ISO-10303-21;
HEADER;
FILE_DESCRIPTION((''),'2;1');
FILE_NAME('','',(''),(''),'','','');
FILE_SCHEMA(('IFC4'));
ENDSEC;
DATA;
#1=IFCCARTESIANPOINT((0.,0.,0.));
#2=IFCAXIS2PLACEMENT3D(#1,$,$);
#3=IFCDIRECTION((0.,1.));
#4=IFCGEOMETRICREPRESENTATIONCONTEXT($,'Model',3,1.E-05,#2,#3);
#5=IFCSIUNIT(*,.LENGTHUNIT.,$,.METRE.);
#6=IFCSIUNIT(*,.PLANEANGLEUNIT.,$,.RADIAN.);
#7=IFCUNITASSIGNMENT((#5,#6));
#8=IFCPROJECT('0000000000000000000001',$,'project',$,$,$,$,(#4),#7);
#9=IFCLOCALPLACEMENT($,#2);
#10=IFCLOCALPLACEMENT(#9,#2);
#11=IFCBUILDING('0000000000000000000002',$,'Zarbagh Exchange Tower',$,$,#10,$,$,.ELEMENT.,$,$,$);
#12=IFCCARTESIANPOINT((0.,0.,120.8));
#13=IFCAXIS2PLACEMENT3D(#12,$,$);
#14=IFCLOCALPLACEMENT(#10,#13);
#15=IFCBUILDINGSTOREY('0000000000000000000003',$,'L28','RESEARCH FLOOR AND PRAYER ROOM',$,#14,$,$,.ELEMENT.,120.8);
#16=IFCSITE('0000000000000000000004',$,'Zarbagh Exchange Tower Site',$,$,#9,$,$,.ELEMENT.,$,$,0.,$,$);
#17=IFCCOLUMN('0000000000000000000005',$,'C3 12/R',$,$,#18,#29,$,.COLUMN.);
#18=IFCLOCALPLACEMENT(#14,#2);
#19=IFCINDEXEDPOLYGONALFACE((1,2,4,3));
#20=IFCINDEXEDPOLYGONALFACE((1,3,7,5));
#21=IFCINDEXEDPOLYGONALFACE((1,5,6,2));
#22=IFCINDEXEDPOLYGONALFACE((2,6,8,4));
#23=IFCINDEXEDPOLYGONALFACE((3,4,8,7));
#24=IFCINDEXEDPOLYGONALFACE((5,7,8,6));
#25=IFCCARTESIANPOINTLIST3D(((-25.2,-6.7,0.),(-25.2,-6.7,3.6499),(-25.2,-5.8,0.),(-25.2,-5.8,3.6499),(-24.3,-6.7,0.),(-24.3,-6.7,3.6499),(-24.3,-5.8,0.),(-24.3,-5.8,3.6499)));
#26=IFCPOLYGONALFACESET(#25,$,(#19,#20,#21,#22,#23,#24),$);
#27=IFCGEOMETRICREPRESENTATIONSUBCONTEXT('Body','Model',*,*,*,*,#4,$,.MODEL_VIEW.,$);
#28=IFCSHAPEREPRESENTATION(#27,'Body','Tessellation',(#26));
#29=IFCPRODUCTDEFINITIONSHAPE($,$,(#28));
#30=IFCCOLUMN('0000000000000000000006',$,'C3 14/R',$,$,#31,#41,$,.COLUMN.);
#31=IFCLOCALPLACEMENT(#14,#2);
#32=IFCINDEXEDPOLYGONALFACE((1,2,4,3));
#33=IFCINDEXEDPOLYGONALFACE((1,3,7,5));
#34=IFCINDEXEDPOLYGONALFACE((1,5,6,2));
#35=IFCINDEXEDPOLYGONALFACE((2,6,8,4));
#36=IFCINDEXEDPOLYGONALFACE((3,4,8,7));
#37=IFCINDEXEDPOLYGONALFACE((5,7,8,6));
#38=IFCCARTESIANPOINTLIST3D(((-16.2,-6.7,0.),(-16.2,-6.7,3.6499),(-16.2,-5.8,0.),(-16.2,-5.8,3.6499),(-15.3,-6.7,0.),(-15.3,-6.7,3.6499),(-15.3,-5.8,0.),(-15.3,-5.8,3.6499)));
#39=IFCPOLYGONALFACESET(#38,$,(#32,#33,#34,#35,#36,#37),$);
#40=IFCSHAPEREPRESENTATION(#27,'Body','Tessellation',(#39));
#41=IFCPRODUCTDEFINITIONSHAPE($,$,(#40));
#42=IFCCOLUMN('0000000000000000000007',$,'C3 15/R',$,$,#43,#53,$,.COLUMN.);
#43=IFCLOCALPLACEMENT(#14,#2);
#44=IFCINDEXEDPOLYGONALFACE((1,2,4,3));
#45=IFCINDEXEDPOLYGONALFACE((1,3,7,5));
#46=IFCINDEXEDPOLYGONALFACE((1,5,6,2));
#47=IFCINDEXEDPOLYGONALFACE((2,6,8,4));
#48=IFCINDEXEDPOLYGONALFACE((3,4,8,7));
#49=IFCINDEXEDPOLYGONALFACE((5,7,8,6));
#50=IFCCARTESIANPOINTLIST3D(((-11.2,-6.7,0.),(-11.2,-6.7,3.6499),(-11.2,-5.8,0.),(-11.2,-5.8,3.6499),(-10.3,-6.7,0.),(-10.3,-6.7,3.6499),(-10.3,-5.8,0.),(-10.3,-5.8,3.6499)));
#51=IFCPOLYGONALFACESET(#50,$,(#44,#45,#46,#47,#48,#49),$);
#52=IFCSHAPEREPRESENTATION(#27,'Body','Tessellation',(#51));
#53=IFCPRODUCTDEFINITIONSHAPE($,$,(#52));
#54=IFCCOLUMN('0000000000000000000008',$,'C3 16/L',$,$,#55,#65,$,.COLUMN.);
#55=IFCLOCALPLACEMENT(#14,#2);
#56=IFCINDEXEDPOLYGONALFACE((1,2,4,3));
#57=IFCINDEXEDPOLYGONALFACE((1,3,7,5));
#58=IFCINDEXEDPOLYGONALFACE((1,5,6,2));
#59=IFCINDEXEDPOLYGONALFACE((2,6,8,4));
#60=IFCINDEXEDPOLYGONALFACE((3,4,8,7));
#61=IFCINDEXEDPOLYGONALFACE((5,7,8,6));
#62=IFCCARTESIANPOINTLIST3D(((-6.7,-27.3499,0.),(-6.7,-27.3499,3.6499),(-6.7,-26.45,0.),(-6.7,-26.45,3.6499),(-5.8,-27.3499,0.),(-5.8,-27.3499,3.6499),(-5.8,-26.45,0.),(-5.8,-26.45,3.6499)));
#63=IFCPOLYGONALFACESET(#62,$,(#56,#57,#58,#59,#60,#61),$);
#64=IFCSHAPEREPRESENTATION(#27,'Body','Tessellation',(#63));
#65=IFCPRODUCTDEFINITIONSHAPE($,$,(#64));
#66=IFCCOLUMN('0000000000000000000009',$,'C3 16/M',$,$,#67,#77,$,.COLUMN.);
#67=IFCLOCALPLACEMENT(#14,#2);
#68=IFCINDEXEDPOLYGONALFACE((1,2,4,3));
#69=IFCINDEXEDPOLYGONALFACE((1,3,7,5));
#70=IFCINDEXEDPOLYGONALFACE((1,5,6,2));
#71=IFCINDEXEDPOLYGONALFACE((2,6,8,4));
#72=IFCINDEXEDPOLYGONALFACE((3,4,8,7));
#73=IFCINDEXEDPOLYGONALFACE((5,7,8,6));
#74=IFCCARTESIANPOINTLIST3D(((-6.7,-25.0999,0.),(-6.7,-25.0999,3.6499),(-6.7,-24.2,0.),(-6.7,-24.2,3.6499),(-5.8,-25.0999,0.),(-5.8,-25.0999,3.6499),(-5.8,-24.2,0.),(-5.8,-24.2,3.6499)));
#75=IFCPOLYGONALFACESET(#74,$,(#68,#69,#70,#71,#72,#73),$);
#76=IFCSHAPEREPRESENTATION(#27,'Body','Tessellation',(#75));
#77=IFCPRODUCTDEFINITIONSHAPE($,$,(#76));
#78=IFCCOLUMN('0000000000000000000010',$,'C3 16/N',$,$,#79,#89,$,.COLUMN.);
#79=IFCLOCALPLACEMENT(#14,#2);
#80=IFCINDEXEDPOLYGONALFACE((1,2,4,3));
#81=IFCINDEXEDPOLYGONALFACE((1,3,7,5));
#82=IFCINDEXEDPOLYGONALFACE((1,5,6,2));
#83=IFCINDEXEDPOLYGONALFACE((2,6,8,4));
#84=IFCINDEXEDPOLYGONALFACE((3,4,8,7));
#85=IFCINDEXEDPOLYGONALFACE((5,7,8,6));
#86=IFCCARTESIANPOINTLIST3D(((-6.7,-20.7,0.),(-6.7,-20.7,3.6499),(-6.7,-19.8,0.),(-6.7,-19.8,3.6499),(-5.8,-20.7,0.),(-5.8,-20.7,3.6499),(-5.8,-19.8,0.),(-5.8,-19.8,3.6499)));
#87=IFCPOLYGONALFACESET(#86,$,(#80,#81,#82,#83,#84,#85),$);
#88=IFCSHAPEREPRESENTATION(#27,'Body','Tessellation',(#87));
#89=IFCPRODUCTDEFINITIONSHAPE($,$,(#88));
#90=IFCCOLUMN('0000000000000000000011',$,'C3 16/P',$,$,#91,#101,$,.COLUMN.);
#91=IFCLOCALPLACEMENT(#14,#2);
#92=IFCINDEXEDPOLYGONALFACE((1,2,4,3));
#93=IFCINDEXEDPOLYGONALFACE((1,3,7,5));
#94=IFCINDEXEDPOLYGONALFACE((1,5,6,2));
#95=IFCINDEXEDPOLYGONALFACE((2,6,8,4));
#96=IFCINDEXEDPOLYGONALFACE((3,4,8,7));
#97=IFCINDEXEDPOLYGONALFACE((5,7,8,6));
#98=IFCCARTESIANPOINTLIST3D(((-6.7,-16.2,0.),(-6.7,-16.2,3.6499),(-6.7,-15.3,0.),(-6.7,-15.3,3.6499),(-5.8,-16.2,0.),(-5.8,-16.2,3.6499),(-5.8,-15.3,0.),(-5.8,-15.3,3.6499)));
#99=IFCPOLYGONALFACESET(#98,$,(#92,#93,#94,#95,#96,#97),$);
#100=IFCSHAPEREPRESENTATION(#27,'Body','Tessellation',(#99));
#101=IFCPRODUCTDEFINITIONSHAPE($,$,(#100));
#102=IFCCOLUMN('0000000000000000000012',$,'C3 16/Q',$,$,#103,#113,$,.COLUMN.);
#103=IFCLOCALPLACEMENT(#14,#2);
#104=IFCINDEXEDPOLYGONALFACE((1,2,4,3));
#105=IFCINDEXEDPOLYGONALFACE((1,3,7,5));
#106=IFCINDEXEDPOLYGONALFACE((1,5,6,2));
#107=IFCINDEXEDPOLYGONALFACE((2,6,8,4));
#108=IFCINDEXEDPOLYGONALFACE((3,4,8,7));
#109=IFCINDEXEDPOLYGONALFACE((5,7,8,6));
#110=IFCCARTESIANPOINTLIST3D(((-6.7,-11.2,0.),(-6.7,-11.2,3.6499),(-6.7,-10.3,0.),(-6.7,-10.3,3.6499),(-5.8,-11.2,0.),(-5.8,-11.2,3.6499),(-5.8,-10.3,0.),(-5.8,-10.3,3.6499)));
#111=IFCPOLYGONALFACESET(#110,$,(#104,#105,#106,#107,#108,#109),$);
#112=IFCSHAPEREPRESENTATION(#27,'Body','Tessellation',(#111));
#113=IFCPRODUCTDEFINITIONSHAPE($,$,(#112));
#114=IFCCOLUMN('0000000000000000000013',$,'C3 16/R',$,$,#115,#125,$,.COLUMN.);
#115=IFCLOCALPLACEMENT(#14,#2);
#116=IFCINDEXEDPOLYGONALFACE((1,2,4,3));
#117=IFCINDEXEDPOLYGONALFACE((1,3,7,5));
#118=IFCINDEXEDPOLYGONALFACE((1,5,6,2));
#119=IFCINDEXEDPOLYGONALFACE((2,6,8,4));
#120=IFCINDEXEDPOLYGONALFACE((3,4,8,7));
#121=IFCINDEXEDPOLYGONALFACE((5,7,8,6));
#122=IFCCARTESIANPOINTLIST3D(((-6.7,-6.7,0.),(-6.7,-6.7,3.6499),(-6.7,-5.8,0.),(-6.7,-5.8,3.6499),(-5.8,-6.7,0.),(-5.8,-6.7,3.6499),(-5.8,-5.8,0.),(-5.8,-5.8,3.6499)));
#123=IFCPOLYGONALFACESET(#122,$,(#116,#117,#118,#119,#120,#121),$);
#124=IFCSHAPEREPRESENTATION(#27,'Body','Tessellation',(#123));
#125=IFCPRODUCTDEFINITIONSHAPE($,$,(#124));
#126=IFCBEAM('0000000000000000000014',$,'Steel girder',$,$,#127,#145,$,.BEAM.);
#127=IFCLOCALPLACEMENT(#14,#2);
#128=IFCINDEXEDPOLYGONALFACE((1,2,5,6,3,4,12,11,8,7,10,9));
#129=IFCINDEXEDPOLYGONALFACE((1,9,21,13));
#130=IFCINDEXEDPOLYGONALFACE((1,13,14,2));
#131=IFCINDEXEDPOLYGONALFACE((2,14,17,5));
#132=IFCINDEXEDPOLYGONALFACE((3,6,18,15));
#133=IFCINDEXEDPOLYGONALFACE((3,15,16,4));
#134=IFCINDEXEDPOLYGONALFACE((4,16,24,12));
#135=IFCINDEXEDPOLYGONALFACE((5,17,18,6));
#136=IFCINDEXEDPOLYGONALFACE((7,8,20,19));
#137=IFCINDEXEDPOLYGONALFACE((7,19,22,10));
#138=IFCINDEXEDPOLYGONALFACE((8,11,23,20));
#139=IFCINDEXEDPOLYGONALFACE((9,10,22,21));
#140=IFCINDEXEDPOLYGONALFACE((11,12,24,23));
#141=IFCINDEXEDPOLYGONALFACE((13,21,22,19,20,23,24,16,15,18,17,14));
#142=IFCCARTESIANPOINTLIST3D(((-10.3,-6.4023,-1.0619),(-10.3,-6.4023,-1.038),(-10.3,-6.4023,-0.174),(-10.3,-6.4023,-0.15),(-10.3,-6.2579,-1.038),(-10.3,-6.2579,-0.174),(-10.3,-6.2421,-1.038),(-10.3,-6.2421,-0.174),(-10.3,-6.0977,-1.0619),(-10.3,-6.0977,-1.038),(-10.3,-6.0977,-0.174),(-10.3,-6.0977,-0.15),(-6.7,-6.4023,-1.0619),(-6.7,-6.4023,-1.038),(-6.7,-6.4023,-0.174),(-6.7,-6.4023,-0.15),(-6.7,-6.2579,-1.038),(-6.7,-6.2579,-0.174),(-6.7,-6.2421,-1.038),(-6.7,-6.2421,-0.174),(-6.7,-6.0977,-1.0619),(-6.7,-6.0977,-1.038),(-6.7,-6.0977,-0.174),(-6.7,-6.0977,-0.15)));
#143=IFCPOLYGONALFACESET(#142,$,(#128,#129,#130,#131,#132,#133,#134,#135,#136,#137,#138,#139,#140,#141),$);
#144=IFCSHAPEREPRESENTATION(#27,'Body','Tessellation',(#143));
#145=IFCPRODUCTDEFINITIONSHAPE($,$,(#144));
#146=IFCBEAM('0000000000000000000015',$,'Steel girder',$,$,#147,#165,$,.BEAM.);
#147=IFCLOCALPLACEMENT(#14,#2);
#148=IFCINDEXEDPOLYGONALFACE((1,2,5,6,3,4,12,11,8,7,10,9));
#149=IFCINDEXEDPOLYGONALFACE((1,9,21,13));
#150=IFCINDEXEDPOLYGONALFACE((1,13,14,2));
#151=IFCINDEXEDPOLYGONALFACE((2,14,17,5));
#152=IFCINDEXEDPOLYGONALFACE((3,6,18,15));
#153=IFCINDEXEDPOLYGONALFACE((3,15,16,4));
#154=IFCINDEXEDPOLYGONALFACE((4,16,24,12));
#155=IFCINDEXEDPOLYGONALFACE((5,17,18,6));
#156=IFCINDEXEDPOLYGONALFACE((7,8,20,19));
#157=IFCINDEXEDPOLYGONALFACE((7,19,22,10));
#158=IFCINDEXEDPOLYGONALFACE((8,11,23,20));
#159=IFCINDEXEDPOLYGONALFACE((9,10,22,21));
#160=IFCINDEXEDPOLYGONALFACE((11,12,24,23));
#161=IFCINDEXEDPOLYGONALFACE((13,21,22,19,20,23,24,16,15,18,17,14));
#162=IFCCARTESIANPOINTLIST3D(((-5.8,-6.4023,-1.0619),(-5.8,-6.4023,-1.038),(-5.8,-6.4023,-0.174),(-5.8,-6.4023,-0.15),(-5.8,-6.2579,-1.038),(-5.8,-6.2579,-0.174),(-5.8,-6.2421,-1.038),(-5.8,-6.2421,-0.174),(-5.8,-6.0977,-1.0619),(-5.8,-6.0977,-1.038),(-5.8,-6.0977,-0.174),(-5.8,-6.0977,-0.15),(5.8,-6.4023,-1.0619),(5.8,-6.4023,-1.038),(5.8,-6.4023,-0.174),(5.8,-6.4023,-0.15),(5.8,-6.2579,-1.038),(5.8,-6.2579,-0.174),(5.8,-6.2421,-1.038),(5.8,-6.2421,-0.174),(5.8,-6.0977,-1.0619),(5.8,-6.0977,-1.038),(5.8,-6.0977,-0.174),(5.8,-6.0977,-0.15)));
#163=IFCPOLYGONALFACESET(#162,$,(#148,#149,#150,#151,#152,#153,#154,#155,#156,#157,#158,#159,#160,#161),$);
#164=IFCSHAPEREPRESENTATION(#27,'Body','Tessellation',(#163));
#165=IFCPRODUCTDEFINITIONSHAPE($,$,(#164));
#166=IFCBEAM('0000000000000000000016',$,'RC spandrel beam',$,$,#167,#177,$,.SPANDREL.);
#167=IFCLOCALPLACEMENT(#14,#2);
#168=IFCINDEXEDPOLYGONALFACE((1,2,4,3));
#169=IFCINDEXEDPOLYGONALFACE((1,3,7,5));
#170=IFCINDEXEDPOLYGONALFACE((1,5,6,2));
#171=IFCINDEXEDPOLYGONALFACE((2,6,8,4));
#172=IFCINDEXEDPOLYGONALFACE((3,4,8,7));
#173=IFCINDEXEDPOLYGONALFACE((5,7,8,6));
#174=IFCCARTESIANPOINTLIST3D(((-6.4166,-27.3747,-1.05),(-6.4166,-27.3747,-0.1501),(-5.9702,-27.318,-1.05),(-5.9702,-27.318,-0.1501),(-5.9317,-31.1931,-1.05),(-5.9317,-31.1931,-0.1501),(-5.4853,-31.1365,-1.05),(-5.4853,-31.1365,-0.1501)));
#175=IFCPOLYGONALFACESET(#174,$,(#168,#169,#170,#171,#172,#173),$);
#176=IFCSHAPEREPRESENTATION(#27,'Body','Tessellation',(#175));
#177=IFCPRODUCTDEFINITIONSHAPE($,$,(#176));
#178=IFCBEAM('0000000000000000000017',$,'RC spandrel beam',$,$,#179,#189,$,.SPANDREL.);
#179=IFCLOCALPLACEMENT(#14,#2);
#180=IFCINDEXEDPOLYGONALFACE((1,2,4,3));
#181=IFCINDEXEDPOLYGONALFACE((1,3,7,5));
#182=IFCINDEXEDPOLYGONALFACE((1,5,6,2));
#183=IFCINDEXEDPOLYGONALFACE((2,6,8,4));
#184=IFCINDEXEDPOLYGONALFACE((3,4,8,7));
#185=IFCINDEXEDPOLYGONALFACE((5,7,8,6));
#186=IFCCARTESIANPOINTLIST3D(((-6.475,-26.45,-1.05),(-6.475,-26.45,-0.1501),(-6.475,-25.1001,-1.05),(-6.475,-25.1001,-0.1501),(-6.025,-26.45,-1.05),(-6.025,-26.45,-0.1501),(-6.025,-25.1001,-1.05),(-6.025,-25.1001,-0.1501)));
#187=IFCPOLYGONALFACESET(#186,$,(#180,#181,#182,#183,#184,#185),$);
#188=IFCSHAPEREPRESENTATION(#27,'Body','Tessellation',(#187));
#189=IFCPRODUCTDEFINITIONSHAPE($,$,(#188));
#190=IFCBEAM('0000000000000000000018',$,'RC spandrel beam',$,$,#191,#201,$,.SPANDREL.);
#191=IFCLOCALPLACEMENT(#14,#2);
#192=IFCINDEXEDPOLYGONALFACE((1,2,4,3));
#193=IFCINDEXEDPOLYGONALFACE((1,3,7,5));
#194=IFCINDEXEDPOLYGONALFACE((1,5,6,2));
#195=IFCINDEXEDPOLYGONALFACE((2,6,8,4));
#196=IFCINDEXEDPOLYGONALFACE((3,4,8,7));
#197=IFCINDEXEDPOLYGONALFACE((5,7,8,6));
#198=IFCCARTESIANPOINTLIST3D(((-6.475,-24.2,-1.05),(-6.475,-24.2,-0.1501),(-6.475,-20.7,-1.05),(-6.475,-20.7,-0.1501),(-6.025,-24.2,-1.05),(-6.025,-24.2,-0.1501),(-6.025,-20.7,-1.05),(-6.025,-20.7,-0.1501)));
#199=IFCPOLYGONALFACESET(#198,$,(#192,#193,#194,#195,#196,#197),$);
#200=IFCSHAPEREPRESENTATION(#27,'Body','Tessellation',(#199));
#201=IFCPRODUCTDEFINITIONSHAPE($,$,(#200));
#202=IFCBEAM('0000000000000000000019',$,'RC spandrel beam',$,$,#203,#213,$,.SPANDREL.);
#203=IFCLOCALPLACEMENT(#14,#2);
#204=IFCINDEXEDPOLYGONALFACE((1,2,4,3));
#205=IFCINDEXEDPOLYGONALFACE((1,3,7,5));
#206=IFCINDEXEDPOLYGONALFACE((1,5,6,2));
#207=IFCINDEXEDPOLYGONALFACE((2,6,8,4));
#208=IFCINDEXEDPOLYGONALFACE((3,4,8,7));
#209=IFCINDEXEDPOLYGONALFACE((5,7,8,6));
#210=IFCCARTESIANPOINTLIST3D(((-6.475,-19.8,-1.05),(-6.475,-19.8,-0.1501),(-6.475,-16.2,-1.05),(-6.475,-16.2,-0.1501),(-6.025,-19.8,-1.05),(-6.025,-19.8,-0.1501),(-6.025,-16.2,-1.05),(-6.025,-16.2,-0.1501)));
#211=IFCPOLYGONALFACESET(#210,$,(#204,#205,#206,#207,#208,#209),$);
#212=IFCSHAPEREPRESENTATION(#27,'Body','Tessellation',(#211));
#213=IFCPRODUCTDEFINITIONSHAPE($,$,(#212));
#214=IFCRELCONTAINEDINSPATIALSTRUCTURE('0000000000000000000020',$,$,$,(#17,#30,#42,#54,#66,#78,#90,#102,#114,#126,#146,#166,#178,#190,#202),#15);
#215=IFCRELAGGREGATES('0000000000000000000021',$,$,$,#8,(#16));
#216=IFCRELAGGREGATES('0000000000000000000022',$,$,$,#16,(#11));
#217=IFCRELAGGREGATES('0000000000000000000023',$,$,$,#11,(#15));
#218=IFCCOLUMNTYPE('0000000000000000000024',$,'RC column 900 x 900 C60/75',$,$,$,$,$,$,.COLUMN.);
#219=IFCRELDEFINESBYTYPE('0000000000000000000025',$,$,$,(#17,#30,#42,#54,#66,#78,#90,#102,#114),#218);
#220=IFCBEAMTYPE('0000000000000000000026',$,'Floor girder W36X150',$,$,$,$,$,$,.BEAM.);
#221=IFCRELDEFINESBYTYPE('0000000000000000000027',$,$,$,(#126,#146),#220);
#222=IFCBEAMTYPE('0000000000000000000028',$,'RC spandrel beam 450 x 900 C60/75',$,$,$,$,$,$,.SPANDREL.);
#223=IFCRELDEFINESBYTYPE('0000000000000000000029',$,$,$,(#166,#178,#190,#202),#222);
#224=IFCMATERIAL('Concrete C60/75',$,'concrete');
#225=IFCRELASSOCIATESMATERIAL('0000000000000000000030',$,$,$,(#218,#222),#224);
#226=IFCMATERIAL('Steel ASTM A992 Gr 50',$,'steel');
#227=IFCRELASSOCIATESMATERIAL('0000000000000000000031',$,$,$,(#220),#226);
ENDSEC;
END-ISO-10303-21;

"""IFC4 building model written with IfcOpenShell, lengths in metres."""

from ifc_helpers import new_model, si_unit, direction, frame, origin, origin_2d, place, context, subcontext, project, spatial, rectangle, i_section, extrude, material, material_profile, profile_set, type_object, element, save


model = new_model("IFC4")

# Units and contexts
model_context = context("Model", 3, precision=1e-05, world=origin(), true_north=direction((0.0, 1.0)))
body_context = subcontext(model_context, "Body", "Model", "MODEL_VIEW")
ifc_project = project(units=[si_unit("LENGTHUNIT", "METRE"), si_unit("PLANEANGLEUNIT", "RADIAN")], contexts=[model_context])

# Site, building, storey
site_placement = place(None, origin())
site = spatial("IfcSite", under=ifc_project, at=site_placement, Name="Zarbagh Exchange Tower Site", CompositionType="ELEMENT", RefElevation=0.0)
building_placement = place(site_placement, origin())
building = spatial("IfcBuilding", under=site, at=building_placement, Name="Zarbagh Exchange Tower", CompositionType="ELEMENT")
storey_placement = place(building_placement, frame((0.0, 0.0, 120.8)))
storey = spatial("IfcBuildingStorey", under=building, at=storey_placement, Name="L28", Description="RESEARCH FLOOR AND PRAYER ROOM", CompositionType="ELEMENT", Elevation=120.8)

# Columns
ifc_material_1 = material(Name="Concrete C60/75", Category="concrete")
ifc_material_profile_1 = material_profile(ifc_material_1, rectangle(XDim=0.8999, YDim=0.8999, at=origin_2d()), Name="RC column 900 x 900 C60/75")
ifc_profile_set_1 = profile_set([ifc_material_profile_1], Name="Concrete C60/75")
column_type = type_object("IfcColumnType", Name="RC column 900 x 900 C60/75", PredefinedType="COLUMN", material=ifc_profile_set_1)
for number, where, z_axis, x_axis, name in (
    (1, (-24.75, -6.25, 0.0), (0.0, 0.0, 1.0), (1.0, 0.0, 0.0), "C3 12/R"),
    (2, (-15.75, -6.25, 0.0), (0.0, 0.0, 1.0), (1.0, 0.0, 0.0), "C3 14/R"),
    (3, (-10.75, -6.25, 0.0), (0.0, 0.0, 1.0), (1.0, 0.0, 0.0), "C3 15/R"),
    (4, (-6.25, -26.8999, 0.0), (0.0, 0.0, 1.0), (1.0, 0.0, 0.0), "C3 16/L"),
    (5, (-6.25, -24.6499, 0.0), (0.0, 0.0, 1.0), (1.0, 0.0, 0.0), "C3 16/M"),
    (6, (-6.25, -20.25, 0.0), (0.0, 0.0, 1.0), (1.0, 0.0, 0.0), "C3 16/N"),
    (7, (-6.25, -15.75, 0.0), (0.0, 0.0, 1.0), (1.0, 0.0, 0.0), "C3 16/P"),
    (8, (-6.25, -10.75, 0.0), (0.0, 0.0, 1.0), (1.0, 0.0, 0.0), "C3 16/Q"),
    (9, (-6.25, -6.25, 0.0), (0.0, 0.0, 1.0), (1.0, 0.0, 0.0), "C3 16/R"),
):
    element("IfcColumn", number, at=place(storey_placement, frame(where, z_axis=z_axis, x_axis=x_axis)), inside=storey, type_object=column_type, Name=name, PredefinedType="COLUMN", context=body_context, shape_type="SweptSolid", body=[
        extrude(rectangle(XDim=0.8999, YDim=0.8999, at=origin_2d()), origin(), (0.0, 0.0, 1.0), 3.6499),
    ])

# Beams
ifc_material_2 = material(Name="Steel ASTM A992 Gr 50", Category="steel")
ifc_material_profile_2 = material_profile(ifc_material_2, i_section(OverallWidth=0.3047, OverallDepth=0.9119, WebThickness=0.0159, FlangeThickness=0.0239, at=origin_2d()), Name="W36X150")
ifc_profile_set_2 = profile_set([ifc_material_profile_2], Name="Steel ASTM A992 Gr 50")
beam_type_1 = type_object("IfcBeamType", Name="Floor girder W36X150", PredefinedType="BEAM", material=ifc_profile_set_2)
beam_1_placement = place(storey_placement, frame((-10.3, -6.25, -0.606), z_axis=(1.0, 0.0, 0.0), x_axis=(0.0, 1.0, 0.0)))
element("IfcBeam", 10, at=beam_1_placement, inside=storey, type_object=beam_type_1, Name="Steel girder", PredefinedType="BEAM", context=body_context, shape_type="SweptSolid", body=[
    extrude(i_section(OverallWidth=0.3047, OverallDepth=0.9119, WebThickness=0.0159, FlangeThickness=0.0239, at=origin_2d()), origin(), (0.0, 0.0, 1.0), 3.6001),
])
beam_2_placement = place(storey_placement, frame((-5.8, -6.25, -0.606), z_axis=(1.0, 0.0, 0.0), x_axis=(0.0, 1.0, 0.0)))
element("IfcBeam", 11, at=beam_2_placement, inside=storey, type_object=beam_type_1, Name="Steel girder", PredefinedType="BEAM", context=body_context, shape_type="SweptSolid", body=[
    extrude(i_section(OverallWidth=0.3047, OverallDepth=0.9119, WebThickness=0.0159, FlangeThickness=0.0239, at=origin_2d()), origin(), (0.0, 0.0, 1.0), 11.6001),
])
ifc_material_profile_3 = material_profile(ifc_material_1, rectangle(XDim=0.45, YDim=0.8999, at=origin_2d()), Name="RC spandrel beam 450 x 900 C60/75")
ifc_profile_set_3 = profile_set([ifc_material_profile_3], Name="Concrete C60/75")
beam_type_2 = type_object("IfcBeamType", Name="RC spandrel beam 450 x 900 C60/75", PredefinedType="SPANDREL", material=ifc_profile_set_3)
beam_3_placement = place(storey_placement, frame((-5.7085, -31.1648, -0.6001), z_axis=(-0.125971, 0.992034, 0.0), x_axis=(-0.992034, -0.125971, 0.0)))
element("IfcBeam", 12, at=beam_3_placement, inside=storey, type_object=beam_type_2, Name="RC spandrel beam", PredefinedType="SPANDREL", context=body_context, shape_type="SweptSolid", body=[
    extrude(rectangle(XDim=0.45, YDim=0.8999, at=origin_2d()), origin(), (0.0, 0.0, 1.0), 3.8491),
])
beam_4_placement = place(storey_placement, frame((-6.25, -26.45, -0.6001), z_axis=(0.0, 1.0, 0.0), x_axis=(-1.0, 0.0, 0.0)))
element("IfcBeam", 13, at=beam_4_placement, inside=storey, type_object=beam_type_2, Name="RC spandrel beam", PredefinedType="SPANDREL", context=body_context, shape_type="SweptSolid", body=[
    extrude(rectangle(XDim=0.45, YDim=0.8999, at=origin_2d()), origin(), (0.0, 0.0, 1.0), 1.3499),
])
beam_5_placement = place(storey_placement, frame((-6.25, -24.2, -0.6001), z_axis=(0.0, 1.0, 0.0), x_axis=(-1.0, 0.0, 0.0)))
element("IfcBeam", 14, at=beam_5_placement, inside=storey, type_object=beam_type_2, Name="RC spandrel beam", PredefinedType="SPANDREL", context=body_context, shape_type="SweptSolid", body=[
    extrude(rectangle(XDim=0.45, YDim=0.8999, at=origin_2d()), origin(), (0.0, 0.0, 1.0), 3.5),
])
beam_6_placement = place(storey_placement, frame((-6.25, -19.8, -0.6001), z_axis=(0.0, 1.0, 0.0), x_axis=(-1.0, 0.0, 0.0)))
element("IfcBeam", 15, at=beam_6_placement, inside=storey, type_object=beam_type_2, Name="RC spandrel beam", PredefinedType="SPANDREL", context=body_context, shape_type="SweptSolid", body=[
    extrude(rectangle(XDim=0.45, YDim=0.8999, at=origin_2d()), origin(), (0.0, 0.0, 1.0), 3.6001),
])

save(model, "model.ifc")
